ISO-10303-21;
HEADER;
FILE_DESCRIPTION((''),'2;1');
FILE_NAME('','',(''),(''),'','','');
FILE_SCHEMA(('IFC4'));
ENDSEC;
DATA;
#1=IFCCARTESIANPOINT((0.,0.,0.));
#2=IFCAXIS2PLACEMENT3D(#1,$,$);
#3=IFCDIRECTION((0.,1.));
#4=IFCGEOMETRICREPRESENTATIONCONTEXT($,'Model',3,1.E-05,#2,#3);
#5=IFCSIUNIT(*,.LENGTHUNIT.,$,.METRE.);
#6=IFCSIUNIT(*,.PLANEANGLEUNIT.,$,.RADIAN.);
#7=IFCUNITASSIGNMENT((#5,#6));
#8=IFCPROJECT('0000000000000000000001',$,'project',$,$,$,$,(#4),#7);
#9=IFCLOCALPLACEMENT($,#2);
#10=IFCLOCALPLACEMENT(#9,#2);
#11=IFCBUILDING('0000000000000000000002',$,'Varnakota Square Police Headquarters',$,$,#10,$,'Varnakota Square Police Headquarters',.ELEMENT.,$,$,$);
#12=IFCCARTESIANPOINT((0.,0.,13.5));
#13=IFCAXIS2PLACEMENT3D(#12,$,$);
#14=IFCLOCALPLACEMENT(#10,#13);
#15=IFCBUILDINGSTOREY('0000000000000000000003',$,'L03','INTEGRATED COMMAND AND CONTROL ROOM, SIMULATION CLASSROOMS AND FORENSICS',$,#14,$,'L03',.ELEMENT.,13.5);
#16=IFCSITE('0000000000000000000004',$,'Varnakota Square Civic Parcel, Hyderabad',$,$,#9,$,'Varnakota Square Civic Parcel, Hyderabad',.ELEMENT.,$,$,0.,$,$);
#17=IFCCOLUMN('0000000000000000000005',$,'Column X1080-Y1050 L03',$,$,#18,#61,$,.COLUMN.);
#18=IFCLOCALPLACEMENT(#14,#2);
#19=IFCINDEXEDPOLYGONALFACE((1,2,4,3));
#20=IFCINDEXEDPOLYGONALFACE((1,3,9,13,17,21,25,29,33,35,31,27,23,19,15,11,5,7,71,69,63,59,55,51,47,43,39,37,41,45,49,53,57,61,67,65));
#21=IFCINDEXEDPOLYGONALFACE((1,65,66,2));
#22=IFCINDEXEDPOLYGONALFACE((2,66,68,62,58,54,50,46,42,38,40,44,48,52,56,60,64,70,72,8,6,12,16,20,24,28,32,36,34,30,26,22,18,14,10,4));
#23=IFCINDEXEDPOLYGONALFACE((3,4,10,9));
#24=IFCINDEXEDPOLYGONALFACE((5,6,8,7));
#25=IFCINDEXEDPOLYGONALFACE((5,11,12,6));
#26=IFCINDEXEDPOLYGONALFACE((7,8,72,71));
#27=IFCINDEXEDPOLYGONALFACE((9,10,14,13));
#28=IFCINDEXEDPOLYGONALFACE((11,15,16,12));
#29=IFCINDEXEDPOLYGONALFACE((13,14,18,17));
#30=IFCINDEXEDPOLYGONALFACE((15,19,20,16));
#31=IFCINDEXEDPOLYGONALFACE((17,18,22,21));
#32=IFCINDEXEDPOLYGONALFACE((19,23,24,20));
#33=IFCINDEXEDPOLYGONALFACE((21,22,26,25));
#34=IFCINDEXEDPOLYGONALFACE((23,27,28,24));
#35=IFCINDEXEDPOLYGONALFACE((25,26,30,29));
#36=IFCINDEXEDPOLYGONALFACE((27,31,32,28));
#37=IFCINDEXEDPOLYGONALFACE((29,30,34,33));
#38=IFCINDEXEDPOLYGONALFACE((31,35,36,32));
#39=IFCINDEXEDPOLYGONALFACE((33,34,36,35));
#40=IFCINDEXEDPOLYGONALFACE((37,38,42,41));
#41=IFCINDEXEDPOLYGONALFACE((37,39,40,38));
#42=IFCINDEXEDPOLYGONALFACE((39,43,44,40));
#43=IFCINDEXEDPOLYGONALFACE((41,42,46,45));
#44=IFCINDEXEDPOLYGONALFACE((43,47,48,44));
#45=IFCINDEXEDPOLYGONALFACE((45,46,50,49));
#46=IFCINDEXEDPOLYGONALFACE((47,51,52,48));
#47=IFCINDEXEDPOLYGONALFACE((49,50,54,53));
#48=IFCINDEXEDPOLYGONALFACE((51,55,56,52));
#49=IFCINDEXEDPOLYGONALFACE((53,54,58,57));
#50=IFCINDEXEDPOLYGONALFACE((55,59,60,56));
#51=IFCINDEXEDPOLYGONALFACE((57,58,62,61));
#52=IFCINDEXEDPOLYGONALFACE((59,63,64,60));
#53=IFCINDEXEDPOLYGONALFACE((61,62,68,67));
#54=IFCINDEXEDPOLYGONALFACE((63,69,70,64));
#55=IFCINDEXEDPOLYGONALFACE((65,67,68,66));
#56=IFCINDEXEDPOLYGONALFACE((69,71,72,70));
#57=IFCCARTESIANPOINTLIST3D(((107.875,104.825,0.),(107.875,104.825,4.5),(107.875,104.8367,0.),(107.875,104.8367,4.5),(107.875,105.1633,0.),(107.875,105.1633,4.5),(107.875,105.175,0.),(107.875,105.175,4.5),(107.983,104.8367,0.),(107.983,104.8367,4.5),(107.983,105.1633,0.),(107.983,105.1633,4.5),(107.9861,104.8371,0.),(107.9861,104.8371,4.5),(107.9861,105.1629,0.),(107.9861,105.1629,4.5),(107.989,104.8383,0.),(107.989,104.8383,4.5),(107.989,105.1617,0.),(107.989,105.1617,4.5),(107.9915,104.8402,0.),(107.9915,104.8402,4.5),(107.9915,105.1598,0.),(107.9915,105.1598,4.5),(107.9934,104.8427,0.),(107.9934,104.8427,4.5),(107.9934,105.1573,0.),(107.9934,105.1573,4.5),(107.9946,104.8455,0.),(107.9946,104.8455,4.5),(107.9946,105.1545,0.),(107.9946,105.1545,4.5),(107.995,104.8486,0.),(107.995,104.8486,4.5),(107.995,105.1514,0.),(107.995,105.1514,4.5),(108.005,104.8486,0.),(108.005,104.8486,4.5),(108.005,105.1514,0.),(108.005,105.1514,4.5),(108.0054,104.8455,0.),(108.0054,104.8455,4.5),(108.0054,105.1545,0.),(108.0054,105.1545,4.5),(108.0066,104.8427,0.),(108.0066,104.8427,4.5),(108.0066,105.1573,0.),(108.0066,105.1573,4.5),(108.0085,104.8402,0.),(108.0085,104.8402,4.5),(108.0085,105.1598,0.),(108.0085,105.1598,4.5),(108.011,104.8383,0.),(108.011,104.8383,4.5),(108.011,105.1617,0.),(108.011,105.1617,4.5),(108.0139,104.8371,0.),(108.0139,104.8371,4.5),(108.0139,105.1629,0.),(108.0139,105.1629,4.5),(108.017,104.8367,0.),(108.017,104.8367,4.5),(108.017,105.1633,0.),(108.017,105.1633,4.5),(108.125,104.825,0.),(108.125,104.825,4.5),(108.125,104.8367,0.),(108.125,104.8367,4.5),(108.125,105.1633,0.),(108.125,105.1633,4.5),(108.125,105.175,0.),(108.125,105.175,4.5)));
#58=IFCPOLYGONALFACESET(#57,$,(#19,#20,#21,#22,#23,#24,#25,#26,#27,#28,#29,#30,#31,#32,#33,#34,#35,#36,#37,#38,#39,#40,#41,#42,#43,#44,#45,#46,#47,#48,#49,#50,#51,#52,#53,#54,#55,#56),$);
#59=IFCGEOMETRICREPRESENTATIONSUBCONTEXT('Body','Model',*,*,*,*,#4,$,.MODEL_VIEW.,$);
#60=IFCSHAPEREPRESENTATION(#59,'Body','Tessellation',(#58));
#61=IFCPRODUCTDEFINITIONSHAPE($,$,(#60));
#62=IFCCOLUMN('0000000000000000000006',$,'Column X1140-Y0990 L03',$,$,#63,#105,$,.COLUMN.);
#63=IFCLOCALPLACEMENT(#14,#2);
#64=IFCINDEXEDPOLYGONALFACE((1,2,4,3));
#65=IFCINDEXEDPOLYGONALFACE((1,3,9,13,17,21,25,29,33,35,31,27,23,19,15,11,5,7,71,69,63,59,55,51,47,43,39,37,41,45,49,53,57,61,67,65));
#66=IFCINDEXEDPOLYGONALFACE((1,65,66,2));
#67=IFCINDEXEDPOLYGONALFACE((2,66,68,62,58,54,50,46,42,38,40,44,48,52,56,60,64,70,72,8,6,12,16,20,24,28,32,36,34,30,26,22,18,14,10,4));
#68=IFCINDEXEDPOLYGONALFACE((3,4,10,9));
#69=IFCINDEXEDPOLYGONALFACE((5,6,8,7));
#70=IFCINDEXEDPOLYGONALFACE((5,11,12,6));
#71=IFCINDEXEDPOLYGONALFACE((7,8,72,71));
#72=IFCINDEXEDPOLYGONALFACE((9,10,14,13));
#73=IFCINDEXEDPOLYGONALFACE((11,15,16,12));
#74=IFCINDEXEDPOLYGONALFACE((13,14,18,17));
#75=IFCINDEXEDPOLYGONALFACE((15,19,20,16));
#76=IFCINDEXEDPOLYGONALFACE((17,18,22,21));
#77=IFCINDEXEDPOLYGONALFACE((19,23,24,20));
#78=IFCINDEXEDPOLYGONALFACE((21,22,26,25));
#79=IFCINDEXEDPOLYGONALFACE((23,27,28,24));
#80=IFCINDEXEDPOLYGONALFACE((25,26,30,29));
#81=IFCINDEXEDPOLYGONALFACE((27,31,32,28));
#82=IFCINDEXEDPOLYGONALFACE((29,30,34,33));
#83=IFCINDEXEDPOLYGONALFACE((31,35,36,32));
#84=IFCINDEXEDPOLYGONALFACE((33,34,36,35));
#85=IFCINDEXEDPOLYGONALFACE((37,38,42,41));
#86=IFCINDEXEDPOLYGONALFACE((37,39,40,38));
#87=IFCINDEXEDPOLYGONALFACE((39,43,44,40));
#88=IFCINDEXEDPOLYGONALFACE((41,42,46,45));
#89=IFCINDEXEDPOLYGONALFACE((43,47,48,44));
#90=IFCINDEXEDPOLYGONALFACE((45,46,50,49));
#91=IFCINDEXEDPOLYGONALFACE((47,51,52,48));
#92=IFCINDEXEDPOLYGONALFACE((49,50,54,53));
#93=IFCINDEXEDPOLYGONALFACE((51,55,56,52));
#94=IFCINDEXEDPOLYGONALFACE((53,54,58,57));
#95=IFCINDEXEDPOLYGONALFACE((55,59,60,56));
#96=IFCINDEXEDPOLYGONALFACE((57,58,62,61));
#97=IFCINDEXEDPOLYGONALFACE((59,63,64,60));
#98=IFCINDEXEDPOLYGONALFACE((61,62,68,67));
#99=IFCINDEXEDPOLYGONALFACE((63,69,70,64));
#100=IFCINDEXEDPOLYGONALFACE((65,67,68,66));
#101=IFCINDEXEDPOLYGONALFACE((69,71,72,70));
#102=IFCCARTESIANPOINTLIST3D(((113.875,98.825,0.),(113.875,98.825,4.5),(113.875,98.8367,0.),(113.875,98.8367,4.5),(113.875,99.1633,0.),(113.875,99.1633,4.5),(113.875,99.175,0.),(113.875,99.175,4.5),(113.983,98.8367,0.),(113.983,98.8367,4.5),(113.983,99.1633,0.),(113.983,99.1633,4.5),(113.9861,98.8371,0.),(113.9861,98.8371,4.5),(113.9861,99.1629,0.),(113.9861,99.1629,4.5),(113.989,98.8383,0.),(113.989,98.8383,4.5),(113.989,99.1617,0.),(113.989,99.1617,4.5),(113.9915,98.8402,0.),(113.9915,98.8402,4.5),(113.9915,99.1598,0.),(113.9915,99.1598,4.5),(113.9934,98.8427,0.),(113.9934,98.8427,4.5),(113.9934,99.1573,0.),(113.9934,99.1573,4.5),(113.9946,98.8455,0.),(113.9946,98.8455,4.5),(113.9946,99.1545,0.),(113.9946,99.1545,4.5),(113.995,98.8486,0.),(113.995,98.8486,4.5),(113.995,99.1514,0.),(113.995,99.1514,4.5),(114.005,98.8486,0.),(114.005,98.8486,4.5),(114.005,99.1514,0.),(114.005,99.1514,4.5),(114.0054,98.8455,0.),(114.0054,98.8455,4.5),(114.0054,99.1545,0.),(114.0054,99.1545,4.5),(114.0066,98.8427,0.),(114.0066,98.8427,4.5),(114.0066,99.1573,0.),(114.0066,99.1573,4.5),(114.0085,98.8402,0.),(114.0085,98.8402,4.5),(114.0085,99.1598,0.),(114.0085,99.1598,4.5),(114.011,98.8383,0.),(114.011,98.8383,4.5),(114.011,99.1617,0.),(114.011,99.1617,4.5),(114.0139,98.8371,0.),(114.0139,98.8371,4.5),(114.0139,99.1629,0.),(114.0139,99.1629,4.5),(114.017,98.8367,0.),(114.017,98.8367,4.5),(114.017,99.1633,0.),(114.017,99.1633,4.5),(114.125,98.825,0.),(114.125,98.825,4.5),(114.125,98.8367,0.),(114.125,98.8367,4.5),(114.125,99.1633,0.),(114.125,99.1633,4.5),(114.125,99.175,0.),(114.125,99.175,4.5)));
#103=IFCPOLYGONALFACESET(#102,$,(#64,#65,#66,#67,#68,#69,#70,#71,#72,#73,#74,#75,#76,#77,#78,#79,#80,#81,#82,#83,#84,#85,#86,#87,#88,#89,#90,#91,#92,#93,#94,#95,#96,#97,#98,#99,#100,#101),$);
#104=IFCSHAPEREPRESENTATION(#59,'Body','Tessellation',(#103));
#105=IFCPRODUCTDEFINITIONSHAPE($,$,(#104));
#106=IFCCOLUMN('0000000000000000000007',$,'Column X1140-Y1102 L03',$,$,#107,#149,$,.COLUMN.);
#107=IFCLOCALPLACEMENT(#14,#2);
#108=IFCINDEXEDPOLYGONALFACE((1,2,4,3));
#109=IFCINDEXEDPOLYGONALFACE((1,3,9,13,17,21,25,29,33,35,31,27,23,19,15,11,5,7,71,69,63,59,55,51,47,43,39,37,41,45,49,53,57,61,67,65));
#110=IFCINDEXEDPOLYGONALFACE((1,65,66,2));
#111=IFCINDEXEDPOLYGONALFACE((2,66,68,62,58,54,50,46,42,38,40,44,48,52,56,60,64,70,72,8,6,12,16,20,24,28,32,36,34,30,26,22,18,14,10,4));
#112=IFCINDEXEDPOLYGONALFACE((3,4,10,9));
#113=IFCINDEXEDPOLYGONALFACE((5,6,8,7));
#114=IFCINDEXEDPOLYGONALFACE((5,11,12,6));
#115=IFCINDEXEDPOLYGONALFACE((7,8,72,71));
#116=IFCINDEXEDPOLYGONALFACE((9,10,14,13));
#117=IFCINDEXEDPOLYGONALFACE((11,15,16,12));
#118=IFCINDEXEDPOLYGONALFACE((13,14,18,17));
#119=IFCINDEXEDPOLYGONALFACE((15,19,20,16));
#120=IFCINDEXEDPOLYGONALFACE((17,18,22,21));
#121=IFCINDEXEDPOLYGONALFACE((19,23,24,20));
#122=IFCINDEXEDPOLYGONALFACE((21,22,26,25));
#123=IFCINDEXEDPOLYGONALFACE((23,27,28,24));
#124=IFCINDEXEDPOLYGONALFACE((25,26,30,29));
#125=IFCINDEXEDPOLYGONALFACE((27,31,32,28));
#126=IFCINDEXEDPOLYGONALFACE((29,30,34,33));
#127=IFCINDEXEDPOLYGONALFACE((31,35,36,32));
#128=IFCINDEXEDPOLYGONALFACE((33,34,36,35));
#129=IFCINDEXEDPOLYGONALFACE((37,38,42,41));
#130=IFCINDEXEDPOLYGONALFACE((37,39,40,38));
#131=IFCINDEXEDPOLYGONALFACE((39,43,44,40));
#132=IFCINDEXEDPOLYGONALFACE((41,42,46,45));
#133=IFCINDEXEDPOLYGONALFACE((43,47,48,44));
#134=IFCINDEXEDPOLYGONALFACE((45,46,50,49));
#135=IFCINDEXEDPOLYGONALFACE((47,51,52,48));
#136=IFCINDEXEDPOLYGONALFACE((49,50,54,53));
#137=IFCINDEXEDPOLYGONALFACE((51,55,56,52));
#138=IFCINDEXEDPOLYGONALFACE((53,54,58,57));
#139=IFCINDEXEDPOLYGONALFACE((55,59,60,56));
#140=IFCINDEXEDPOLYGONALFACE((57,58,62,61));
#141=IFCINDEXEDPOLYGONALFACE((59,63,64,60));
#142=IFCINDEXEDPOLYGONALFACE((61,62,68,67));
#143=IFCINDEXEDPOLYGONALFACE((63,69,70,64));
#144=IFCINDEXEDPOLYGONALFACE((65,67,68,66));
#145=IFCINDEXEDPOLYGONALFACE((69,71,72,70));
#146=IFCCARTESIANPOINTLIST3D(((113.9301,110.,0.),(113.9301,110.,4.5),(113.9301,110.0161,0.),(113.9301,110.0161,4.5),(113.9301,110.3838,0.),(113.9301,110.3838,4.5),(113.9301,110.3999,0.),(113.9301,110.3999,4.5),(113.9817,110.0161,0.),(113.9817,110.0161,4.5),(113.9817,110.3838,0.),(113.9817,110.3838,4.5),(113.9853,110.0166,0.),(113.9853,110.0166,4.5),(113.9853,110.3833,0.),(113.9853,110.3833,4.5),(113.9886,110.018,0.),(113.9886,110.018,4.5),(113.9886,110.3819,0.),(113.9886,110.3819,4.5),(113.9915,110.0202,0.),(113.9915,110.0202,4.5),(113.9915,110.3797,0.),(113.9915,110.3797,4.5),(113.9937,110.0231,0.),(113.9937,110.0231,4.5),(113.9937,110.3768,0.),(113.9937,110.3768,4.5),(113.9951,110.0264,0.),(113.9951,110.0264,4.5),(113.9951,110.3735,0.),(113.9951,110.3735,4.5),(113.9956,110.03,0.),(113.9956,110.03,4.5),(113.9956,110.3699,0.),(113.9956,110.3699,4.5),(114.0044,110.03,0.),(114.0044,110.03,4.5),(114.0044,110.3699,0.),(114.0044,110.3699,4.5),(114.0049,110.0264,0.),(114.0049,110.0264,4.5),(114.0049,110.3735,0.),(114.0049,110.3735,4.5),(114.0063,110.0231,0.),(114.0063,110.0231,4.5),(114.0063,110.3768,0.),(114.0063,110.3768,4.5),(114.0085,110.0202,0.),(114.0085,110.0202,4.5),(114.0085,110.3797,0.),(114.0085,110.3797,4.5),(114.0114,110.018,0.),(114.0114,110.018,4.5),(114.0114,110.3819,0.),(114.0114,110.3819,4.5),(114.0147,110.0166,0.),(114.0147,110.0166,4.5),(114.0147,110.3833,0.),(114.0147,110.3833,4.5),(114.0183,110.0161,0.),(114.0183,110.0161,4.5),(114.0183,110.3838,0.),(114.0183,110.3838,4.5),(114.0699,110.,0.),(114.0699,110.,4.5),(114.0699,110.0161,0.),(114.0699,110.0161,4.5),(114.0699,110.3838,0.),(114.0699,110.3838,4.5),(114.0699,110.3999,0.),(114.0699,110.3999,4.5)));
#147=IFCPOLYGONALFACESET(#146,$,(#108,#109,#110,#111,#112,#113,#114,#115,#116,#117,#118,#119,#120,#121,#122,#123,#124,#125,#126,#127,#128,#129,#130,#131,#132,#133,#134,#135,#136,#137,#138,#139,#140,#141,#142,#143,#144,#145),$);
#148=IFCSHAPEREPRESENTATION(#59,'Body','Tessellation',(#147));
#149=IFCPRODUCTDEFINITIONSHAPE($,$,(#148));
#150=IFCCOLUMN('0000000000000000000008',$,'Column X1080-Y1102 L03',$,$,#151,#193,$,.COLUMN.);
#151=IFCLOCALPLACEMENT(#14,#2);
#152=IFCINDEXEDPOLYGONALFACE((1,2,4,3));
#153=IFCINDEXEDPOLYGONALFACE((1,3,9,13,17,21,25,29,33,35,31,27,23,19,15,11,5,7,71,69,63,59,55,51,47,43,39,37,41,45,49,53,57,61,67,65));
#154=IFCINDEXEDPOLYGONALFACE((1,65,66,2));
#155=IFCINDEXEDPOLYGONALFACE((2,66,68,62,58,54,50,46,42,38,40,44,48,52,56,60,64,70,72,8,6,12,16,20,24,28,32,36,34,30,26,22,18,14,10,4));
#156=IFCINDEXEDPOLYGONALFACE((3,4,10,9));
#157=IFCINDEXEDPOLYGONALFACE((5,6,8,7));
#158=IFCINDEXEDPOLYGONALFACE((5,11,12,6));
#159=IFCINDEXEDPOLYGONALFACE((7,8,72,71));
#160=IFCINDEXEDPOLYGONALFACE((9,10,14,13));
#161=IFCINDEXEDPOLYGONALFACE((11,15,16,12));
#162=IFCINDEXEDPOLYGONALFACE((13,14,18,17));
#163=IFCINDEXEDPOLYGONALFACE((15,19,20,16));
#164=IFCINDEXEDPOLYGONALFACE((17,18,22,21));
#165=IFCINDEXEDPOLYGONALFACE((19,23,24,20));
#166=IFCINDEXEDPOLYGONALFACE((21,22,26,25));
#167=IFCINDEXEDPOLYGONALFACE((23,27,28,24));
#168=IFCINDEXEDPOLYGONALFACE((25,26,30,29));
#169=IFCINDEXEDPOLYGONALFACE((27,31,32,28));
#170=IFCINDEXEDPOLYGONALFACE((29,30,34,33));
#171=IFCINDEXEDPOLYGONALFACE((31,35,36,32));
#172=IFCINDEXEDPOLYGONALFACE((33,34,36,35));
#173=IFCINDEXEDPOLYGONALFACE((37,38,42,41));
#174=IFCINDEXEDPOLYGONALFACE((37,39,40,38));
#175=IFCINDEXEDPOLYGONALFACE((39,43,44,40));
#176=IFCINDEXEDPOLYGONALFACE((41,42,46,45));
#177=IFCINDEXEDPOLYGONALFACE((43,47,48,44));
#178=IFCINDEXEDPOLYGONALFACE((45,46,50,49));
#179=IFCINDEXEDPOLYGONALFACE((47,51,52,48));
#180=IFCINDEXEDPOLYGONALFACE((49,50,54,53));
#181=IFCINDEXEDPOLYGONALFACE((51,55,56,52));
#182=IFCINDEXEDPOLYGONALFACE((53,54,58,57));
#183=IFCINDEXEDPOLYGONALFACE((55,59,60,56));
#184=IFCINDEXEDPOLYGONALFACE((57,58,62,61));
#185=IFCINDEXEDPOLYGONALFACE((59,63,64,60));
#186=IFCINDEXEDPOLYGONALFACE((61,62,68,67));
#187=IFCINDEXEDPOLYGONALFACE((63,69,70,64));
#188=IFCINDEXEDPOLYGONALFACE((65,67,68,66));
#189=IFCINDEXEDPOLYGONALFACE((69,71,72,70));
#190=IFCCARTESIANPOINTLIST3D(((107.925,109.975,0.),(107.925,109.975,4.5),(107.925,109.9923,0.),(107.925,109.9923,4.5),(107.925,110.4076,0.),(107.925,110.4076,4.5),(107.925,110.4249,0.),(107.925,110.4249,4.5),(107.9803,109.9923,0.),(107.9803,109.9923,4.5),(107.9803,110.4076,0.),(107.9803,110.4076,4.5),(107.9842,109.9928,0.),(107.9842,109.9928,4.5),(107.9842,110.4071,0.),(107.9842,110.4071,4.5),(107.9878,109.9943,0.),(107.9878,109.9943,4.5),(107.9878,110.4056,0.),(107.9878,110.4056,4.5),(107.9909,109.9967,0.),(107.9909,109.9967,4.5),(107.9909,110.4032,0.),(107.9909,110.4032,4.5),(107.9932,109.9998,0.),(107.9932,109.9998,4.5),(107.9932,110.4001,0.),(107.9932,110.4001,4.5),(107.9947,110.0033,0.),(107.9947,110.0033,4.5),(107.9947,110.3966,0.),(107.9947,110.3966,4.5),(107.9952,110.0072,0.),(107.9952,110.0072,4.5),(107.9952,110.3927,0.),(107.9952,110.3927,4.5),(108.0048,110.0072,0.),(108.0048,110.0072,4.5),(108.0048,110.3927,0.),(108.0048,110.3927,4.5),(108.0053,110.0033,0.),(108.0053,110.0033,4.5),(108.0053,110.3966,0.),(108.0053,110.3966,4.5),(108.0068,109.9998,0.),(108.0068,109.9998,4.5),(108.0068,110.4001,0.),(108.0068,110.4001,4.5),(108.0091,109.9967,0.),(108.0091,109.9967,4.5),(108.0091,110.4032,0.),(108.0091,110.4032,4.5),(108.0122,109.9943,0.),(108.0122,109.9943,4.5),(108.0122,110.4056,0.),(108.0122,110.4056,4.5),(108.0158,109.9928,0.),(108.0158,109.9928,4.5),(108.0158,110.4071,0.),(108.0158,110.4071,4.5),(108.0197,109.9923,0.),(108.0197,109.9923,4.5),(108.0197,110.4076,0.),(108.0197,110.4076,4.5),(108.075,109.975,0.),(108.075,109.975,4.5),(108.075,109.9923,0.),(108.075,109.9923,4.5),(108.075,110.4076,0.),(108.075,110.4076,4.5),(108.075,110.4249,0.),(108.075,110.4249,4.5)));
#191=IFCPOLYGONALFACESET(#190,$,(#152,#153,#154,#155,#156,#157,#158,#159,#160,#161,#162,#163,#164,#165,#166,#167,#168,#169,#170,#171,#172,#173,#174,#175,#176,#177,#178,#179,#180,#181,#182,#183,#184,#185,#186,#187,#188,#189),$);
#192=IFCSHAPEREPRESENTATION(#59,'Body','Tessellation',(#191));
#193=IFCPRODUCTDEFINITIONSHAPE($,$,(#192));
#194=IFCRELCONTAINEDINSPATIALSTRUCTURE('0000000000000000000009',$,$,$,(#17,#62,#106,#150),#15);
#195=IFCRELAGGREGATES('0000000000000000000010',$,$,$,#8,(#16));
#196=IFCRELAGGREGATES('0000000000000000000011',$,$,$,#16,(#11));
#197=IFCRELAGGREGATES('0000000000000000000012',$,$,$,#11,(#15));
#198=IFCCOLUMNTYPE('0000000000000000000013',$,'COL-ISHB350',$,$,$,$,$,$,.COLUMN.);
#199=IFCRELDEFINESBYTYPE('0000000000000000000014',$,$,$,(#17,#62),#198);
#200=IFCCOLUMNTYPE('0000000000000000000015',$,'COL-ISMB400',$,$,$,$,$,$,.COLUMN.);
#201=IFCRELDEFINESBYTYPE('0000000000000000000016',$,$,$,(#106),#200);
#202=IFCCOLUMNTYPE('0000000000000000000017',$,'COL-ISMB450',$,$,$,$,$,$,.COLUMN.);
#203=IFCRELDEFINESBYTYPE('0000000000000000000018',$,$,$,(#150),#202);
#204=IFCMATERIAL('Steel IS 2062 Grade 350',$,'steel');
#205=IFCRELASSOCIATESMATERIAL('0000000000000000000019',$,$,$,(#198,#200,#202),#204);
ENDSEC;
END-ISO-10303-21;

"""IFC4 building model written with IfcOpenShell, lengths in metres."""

from ifc_helpers import new_model, si_unit, direction, frame, origin, origin_2d, place, context, subcontext, project, spatial, i_section, extrude, material, material_profile, profile_set, type_object, element, save


model = new_model("IFC4")

# Units and contexts
model_context = context("Model", 3, precision=1e-05, world=origin(), true_north=direction((0.0, 1.0)))
body_context = subcontext(model_context, "Body", "Model", "MODEL_VIEW")
ifc_project = project(units=[si_unit("LENGTHUNIT", "METRE"), si_unit("PLANEANGLEUNIT", "RADIAN")], contexts=[model_context])

# Site, building, storey
site_placement = place(None, origin())
site = spatial("IfcSite", under=ifc_project, at=site_placement, Name="Varnakota Square Civic Parcel, Hyderabad", LongName="Varnakota Square Civic Parcel, Hyderabad", CompositionType="ELEMENT", RefElevation=0.0)
building_placement = place(site_placement, origin())
building = spatial("IfcBuilding", under=site, at=building_placement, Name="Varnakota Square Police Headquarters", LongName="Varnakota Square Police Headquarters", CompositionType="ELEMENT")
storey_placement = place(building_placement, frame((0.0, 0.0, 13.5)))
storey = spatial("IfcBuildingStorey", under=building, at=storey_placement, Name="L03", Description="INTEGRATED COMMAND AND CONTROL ROOM, SIMULATION CLASSROOMS AND FORENSICS", LongName="L03", CompositionType="ELEMENT", Elevation=13.5)

# Columns
ifc_material_1 = material(Name="Steel IS 2062 Grade 350", Category="steel")
ifc_material_profile_1 = material_profile(ifc_material_1, i_section(OverallWidth=0.25, OverallDepth=0.3501, WebThickness=0.01, FlangeThickness=0.0117, FilletRadius=0.012, at=origin_2d()), Name="ISHB 350")
ifc_profile_set_1 = profile_set([ifc_material_profile_1], Name="Steel IS 2062 Grade 350")
column_type_1 = type_object("IfcColumnType", Name="COL-ISHB350", PredefinedType="COLUMN", material=ifc_profile_set_1)
for number, where, z_axis, x_axis, name in (
    (1, (108.0, 105.0, 0.0), (0.0, 0.0, 1.0), (1.0, 0.0, 0.0), "Column X1080-Y1050 L03"),
    (2, (114.0, 99.0, 0.0), (0.0, 0.0, 1.0), (1.0, 0.0, 0.0), "Column X1140-Y0990 L03"),
):
    element("IfcColumn", number, at=place(storey_placement, frame(where, z_axis=z_axis, x_axis=x_axis)), inside=storey, type_object=column_type_1, Name=name, PredefinedType="COLUMN", context=body_context, shape_type="SweptSolid", body=[
        extrude(i_section(OverallWidth=0.25, OverallDepth=0.3501, WebThickness=0.01, FlangeThickness=0.0117, FilletRadius=0.012, at=origin_2d()), origin(), (0.0, 0.0, 1.0), 4.5),
    ])
ifc_material_profile_2 = material_profile(ifc_material_1, i_section(OverallWidth=0.1399, OverallDepth=0.3999, WebThickness=0.0088, FlangeThickness=0.0161, FilletRadius=0.0139, at=origin_2d()), Name="ISMB 400")
ifc_profile_set_2 = profile_set([ifc_material_profile_2], Name="Steel IS 2062 Grade 350")
column_type_2 = type_object("IfcColumnType", Name="COL-ISMB400", PredefinedType="COLUMN", material=ifc_profile_set_2)
column_placement = place(storey_placement, frame((114.0, 110.2, 0.0), z_axis=(0.0, 0.0, 1.0), x_axis=(1.0, 0.0, 0.0)))
element("IfcColumn", 3, at=column_placement, inside=storey, type_object=column_type_2, Name="Column X1140-Y1102 L03", PredefinedType="COLUMN", context=body_context, shape_type="SweptSolid", body=[
    extrude(i_section(OverallWidth=0.1399, OverallDepth=0.3999, WebThickness=0.0088, FlangeThickness=0.0161, FilletRadius=0.0139, at=origin_2d()), origin(), (0.0, 0.0, 1.0), 4.5),
])
ifc_material_profile_3 = material_profile(ifc_material_1, i_section(OverallWidth=0.1499, OverallDepth=0.45, WebThickness=0.0095, FlangeThickness=0.0173, FilletRadius=0.0149, at=origin_2d()), Name="ISMB 450")
ifc_profile_set_3 = profile_set([ifc_material_profile_3], Name="Steel IS 2062 Grade 350")
column_type_3 = type_object("IfcColumnType", Name="COL-ISMB450", PredefinedType="COLUMN", material=ifc_profile_set_3)
for number, where, z_axis, x_axis, name in (
    (4, (108.0, 110.2, 0.0), (0.0, 0.0, 1.0), (1.0, 0.0, 0.0), "Column X1080-Y1102 L03"),
):
    element("IfcColumn", number, at=place(storey_placement, frame(where, z_axis=z_axis, x_axis=x_axis)), inside=storey, type_object=column_type_3, Name=name, PredefinedType="COLUMN", context=body_context, shape_type="SweptSolid", body=[
        extrude(i_section(OverallWidth=0.1499, OverallDepth=0.45, WebThickness=0.0095, FlangeThickness=0.0173, FilletRadius=0.0149, at=origin_2d()), origin(), (0.0, 0.0, 1.0), 4.5),
    ])

save(model, "model.ifc")
